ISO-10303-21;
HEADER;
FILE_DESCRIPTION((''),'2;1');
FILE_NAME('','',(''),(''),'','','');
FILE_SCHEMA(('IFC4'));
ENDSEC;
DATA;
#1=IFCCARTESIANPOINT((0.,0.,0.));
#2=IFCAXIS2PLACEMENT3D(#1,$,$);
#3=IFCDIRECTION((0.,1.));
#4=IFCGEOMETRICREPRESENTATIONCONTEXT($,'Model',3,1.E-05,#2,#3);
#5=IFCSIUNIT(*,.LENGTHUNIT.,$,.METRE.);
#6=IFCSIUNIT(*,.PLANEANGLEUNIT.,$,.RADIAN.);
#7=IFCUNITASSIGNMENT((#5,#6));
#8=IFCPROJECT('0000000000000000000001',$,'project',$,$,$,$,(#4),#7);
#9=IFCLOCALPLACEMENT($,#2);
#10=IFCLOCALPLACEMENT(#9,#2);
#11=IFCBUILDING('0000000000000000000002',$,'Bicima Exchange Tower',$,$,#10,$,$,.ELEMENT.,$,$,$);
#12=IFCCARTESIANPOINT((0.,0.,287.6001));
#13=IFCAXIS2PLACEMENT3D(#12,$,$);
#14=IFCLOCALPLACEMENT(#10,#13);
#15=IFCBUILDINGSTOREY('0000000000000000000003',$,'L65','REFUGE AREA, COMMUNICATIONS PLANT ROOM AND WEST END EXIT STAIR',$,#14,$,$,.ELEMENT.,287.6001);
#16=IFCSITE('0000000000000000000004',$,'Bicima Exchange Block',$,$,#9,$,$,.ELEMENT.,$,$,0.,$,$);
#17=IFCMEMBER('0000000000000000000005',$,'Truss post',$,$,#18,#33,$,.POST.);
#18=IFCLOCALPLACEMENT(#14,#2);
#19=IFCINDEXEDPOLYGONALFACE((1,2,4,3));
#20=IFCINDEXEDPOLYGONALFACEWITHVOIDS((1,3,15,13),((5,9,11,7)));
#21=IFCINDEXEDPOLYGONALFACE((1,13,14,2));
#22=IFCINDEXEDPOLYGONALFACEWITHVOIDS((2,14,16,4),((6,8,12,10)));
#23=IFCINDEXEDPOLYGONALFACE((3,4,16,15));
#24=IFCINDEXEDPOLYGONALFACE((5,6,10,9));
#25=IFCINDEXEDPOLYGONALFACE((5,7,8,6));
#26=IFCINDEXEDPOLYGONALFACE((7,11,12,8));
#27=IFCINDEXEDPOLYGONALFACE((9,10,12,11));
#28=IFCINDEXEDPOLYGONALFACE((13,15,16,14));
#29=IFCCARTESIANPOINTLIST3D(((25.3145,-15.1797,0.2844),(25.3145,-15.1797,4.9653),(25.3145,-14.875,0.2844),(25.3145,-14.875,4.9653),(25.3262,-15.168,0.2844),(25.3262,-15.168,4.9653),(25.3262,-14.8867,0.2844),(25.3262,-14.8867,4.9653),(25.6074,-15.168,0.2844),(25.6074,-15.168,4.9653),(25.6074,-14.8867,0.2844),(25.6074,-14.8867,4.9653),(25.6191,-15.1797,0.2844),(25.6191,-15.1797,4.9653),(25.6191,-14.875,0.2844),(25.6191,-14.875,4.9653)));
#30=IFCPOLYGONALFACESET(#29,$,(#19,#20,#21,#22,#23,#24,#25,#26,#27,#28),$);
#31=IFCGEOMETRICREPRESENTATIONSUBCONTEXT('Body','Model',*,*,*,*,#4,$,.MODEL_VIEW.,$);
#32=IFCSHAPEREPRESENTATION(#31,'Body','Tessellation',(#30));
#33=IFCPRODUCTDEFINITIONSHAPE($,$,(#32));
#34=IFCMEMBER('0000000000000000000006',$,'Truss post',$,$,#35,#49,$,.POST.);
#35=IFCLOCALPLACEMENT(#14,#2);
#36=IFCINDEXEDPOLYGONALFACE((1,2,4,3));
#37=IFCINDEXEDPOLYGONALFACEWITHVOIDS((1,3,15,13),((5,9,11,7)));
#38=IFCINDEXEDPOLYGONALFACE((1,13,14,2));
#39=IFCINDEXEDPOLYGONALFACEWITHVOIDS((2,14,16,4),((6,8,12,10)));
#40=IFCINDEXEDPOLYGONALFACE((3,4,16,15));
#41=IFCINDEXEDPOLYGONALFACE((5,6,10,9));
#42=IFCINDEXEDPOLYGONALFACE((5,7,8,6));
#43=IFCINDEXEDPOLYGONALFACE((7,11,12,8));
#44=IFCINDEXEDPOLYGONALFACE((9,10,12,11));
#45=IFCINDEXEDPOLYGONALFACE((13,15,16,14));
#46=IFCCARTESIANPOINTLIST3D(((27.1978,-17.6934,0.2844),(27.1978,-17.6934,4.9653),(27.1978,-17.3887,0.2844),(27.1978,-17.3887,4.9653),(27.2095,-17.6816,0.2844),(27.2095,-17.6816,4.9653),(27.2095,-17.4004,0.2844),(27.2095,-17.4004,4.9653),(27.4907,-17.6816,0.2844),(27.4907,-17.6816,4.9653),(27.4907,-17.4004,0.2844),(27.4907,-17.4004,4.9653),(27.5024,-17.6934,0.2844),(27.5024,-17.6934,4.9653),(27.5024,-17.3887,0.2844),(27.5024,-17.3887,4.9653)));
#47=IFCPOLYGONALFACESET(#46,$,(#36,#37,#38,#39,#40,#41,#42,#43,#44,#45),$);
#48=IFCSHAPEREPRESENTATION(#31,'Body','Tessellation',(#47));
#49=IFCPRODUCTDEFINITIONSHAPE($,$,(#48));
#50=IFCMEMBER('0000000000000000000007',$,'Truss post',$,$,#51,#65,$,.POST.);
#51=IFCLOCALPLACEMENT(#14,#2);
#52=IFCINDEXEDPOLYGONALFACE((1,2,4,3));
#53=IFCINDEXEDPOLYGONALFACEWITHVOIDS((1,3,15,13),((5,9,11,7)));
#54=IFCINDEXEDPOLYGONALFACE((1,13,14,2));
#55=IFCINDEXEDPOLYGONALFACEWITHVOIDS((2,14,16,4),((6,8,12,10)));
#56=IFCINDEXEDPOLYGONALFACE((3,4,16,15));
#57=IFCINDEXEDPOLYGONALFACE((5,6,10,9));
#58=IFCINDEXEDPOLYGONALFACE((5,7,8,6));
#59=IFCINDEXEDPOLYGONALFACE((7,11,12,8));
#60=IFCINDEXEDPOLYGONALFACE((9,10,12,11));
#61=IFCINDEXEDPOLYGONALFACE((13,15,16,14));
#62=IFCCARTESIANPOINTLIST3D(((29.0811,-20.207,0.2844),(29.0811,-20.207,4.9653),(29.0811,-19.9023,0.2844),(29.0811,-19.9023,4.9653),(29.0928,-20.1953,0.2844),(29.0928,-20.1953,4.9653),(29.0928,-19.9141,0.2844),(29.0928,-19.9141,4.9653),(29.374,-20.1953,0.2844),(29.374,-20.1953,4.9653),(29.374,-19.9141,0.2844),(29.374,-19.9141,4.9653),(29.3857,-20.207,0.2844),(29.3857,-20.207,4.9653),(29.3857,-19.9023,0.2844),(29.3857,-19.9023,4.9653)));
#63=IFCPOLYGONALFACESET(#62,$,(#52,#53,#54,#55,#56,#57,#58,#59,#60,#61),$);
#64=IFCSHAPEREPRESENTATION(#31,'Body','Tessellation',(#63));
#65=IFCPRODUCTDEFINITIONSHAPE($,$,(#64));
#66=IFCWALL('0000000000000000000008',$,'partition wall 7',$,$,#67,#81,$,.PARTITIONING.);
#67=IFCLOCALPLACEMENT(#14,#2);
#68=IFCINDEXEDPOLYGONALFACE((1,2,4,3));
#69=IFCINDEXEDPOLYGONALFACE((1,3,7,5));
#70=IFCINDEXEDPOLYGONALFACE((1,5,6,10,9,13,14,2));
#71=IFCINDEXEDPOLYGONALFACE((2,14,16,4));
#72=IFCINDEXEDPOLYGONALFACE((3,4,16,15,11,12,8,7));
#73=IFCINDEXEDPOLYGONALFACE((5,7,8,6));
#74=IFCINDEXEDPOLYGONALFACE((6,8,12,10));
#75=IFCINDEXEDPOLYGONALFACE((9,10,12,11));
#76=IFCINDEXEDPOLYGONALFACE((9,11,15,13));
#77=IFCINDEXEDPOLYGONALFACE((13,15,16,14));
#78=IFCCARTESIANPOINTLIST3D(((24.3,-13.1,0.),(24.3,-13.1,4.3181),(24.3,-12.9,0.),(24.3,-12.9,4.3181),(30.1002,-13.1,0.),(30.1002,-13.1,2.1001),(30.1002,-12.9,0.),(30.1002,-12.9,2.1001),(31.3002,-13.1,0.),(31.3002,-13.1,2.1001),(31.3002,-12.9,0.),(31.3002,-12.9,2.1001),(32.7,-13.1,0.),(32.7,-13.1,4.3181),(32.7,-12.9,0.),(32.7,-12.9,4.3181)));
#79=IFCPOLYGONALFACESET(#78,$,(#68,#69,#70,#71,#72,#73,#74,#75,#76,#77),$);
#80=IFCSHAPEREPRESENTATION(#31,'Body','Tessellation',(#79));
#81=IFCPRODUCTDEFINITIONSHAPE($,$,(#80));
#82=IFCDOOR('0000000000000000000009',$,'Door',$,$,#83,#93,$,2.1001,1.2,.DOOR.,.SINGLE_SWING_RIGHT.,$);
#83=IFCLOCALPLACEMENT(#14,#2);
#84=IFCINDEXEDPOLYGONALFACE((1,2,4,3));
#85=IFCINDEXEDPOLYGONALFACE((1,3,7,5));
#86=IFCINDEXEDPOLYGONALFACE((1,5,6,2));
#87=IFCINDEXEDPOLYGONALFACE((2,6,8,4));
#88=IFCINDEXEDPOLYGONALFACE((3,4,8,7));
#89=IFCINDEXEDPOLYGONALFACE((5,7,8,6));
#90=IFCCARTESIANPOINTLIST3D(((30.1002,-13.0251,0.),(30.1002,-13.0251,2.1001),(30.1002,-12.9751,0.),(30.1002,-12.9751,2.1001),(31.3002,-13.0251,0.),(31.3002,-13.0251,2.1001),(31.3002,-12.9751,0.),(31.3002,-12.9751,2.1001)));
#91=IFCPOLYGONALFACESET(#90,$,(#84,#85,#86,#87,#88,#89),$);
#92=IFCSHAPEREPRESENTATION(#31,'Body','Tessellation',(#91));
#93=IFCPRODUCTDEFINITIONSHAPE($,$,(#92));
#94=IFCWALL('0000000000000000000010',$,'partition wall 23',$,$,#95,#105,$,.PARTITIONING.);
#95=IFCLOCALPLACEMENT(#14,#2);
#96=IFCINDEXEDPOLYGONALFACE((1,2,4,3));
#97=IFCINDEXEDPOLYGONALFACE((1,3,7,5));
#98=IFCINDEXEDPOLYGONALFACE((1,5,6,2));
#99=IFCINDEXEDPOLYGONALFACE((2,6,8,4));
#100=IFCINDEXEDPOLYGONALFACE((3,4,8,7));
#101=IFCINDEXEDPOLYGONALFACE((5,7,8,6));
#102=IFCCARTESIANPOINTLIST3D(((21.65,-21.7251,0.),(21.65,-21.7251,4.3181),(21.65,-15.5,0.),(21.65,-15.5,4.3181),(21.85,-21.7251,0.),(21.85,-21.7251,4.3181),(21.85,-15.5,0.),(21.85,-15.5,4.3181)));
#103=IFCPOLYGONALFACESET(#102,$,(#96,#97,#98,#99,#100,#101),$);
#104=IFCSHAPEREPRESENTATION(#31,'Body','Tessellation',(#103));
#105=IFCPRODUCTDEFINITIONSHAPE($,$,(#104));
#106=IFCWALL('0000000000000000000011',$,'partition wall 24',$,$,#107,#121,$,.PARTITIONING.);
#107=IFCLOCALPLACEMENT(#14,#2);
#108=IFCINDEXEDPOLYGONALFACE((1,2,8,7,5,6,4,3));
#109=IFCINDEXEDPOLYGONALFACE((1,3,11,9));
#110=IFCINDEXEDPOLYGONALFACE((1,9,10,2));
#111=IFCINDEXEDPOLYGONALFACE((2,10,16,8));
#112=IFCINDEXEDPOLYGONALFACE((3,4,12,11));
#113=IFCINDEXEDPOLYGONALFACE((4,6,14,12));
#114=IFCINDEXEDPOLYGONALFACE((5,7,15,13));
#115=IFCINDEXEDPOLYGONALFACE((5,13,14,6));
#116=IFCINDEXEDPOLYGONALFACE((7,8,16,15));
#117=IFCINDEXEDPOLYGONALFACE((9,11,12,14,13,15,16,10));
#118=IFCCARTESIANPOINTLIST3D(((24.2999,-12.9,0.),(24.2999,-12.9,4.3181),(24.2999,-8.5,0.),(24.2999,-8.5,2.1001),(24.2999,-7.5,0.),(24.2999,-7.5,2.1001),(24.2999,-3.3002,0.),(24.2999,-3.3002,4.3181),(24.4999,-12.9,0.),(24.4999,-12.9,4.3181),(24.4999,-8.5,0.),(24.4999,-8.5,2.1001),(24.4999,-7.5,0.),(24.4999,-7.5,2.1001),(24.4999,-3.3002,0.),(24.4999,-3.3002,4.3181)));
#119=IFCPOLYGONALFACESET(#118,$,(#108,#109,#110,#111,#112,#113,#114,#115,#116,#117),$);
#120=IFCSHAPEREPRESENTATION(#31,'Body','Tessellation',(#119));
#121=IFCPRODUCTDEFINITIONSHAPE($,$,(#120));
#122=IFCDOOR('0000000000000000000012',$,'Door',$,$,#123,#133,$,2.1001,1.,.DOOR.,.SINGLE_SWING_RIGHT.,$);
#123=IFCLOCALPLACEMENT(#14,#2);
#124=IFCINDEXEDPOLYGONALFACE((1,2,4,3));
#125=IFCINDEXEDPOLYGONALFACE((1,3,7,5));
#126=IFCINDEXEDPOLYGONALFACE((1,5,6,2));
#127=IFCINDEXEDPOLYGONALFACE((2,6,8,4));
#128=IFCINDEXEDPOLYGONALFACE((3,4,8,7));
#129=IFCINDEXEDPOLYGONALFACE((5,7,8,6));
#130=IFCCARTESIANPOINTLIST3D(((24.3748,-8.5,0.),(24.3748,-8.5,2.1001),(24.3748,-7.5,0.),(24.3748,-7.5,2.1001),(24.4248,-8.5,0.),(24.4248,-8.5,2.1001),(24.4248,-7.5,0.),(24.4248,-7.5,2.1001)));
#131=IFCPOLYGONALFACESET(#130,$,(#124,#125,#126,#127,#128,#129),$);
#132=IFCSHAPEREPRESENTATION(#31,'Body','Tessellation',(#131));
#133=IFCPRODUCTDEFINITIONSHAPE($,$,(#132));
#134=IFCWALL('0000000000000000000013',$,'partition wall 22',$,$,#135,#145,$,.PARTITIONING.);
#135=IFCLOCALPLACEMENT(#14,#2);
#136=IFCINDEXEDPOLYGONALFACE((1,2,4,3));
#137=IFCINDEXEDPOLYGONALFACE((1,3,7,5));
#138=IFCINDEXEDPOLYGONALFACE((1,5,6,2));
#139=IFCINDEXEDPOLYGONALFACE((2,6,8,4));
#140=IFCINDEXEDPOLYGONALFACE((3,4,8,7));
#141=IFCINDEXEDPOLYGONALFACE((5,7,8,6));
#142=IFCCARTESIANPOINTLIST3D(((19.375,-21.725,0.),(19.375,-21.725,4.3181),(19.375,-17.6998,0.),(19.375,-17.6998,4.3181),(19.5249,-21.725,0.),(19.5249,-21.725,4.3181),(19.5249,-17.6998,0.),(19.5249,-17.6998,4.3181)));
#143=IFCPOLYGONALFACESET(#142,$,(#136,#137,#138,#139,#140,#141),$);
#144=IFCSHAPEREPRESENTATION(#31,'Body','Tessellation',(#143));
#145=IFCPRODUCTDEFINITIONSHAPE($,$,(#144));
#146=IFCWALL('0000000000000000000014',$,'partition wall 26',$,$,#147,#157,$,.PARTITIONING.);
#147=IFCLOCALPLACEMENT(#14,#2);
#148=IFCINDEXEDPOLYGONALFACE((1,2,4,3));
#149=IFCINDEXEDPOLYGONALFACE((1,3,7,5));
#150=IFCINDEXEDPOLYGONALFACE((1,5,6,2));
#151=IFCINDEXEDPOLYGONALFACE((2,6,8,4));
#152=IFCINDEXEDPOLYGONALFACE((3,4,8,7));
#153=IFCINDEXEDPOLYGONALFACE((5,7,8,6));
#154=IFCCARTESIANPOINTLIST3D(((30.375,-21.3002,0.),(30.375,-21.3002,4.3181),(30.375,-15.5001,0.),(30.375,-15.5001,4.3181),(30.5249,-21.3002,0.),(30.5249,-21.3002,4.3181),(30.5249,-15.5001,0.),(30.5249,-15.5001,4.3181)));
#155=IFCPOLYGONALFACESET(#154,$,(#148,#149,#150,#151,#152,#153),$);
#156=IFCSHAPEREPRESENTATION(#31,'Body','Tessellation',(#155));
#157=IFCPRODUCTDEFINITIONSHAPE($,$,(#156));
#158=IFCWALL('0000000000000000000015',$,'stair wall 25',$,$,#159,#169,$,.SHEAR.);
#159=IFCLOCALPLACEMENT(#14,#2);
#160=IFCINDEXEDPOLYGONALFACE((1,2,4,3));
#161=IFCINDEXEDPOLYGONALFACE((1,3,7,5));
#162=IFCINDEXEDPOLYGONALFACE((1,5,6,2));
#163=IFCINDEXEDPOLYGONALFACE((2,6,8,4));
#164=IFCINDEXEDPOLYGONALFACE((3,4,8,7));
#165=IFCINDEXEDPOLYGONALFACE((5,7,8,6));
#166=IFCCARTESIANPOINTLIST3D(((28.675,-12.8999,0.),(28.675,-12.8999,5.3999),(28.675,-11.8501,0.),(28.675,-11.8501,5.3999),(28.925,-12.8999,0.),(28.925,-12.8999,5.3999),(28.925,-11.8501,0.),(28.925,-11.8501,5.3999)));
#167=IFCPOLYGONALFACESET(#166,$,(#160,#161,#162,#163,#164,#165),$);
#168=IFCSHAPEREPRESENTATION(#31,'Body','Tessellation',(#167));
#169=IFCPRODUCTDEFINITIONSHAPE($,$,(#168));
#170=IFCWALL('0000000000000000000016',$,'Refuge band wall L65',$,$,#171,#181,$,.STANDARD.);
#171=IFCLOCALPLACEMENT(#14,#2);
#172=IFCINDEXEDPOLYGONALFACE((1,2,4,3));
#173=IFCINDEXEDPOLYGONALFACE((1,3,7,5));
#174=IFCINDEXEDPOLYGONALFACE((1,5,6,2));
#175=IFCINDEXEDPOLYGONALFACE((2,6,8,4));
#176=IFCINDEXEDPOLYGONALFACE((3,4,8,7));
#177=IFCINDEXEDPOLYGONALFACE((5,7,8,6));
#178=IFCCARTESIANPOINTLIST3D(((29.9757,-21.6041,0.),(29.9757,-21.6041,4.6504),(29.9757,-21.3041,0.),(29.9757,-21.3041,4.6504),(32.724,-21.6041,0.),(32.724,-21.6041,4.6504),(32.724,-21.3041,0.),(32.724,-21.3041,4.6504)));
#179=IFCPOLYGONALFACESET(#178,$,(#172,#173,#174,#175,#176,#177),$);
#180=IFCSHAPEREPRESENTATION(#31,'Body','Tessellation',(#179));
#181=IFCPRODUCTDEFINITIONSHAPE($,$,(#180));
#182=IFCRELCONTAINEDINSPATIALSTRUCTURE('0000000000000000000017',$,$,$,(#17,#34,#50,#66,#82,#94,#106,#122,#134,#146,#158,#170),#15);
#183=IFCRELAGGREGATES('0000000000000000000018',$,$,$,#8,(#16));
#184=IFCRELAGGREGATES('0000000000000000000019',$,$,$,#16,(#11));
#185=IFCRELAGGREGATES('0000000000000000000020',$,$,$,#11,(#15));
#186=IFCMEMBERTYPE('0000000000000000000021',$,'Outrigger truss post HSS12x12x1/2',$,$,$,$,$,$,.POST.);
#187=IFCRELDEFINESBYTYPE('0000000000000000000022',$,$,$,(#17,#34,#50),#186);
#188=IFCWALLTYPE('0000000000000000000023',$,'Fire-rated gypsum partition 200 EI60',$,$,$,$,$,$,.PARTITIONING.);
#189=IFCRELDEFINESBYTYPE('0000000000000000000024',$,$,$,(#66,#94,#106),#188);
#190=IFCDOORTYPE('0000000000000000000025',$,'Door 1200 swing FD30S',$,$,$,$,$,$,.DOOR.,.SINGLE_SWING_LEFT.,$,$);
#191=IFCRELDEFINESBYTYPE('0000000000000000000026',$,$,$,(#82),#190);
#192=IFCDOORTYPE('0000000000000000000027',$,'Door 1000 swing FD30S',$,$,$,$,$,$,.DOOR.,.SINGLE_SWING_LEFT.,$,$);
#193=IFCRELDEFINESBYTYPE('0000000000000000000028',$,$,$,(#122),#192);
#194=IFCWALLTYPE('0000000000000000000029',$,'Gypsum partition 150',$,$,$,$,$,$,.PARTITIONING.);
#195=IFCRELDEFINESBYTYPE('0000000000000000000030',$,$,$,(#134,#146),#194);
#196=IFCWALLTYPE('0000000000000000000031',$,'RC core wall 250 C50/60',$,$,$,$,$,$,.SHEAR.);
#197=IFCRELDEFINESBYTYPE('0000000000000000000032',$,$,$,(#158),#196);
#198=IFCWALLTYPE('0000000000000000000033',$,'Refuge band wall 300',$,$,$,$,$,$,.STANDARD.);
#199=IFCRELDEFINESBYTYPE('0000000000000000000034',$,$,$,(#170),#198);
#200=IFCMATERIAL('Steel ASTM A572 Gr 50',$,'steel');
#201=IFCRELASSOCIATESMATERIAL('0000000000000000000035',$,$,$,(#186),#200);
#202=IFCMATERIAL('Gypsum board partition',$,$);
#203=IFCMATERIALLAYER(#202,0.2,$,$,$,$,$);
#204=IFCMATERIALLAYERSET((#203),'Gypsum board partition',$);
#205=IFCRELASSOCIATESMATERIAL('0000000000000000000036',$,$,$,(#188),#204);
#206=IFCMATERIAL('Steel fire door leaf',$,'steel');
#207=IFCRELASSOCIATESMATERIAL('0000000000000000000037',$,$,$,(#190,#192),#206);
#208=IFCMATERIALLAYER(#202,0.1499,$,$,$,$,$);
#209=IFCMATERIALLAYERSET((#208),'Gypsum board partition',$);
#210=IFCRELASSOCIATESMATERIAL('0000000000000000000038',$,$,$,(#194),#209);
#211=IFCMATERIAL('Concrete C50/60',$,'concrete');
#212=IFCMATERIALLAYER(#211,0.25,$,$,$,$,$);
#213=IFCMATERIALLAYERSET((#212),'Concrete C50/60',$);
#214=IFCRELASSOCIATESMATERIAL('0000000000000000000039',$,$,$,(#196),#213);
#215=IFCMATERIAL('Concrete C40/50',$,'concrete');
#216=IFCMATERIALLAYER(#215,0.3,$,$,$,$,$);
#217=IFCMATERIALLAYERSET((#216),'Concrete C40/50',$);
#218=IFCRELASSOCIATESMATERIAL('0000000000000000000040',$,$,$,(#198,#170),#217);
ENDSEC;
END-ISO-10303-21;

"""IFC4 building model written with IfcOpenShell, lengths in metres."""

from ifc_helpers import new_model, si_unit, direction, frame, frame_2d, origin, origin_2d, place, context, subcontext, project, spatial, rectangle, hollow_rectangle, extrude, material, layer, layer_set, layer_usage, material_profile, profile_set, type_object, element, fill, save


model = new_model("IFC4")

# Units and contexts
model_context = context("Model", 3, precision=1e-05, world=origin(), true_north=direction((0.0, 1.0)))
body_context = subcontext(model_context, "Body", "Model", "MODEL_VIEW")
ifc_project = project(units=[si_unit("LENGTHUNIT", "METRE"), si_unit("PLANEANGLEUNIT", "RADIAN")], contexts=[model_context])

# Site, building, storey
site_placement = place(None, origin())
site = spatial("IfcSite", under=ifc_project, at=site_placement, Name="Bicima Exchange Block", CompositionType="ELEMENT", RefElevation=0.0)
building_placement = place(site_placement, origin())
building = spatial("IfcBuilding", under=site, at=building_placement, Name="Bicima Exchange Tower", CompositionType="ELEMENT")
storey_placement = place(building_placement, frame((0.0, 0.0, 287.6001)))
storey = spatial("IfcBuildingStorey", under=building, at=storey_placement, Name="L65", Description="REFUGE AREA, COMMUNICATIONS PLANT ROOM AND WEST END EXIT STAIR", CompositionType="ELEMENT", Elevation=287.6001)

# Members
ifc_material_1 = material(Name="Steel ASTM A572 Gr 50", Category="steel")
ifc_material_profile_1 = material_profile(ifc_material_1, hollow_rectangle(XDim=0.3047, YDim=0.3047, WallThickness=0.0117, at=origin_2d()))
ifc_profile_set_1 = profile_set([ifc_material_profile_1], Name="Steel ASTM A572 Gr 50")
member_type_1 = type_object("IfcMemberType", Name="Outrigger truss post HSS12x12x1/2", PredefinedType="POST", material=ifc_profile_set_1)
for number, where, z_axis, x_axis, name in (
    (1, (25.4668, -15.0273, 0.2844), (0.0, 0.0, 1.0), (1.0, 0.0, 0.0), "Truss post"),
    (2, (27.3501, -17.541, 0.2844), (0.0, 0.0, 1.0), (1.0, 0.0, 0.0), "Truss post"),
    (3, (29.2334, -20.0547, 0.2844), (0.0, 0.0, 1.0), (1.0, 0.0, 0.0), "Truss post"),
):
    element("IfcMember", number, at=place(storey_placement, frame(where, z_axis=z_axis, x_axis=x_axis)), inside=storey, type_object=member_type_1, Name=name, PredefinedType="POST", context=body_context, shape_type="SweptSolid", body=[
        extrude(hollow_rectangle(XDim=0.3047, YDim=0.3047, WallThickness=0.0117, at=origin_2d()), origin(), (0.0, 0.0, 1.0), 4.6809),
    ])

# Wall, opening, door
ifc_material_2 = material(Name="Gypsum board partition")
ifc_layer_1 = layer(ifc_material_2, 0.2)
ifc_layer_set_1 = layer_set([ifc_layer_1], Name="Gypsum board partition")
wall_type_1 = type_object("IfcWallType", Name="Fire-rated gypsum partition 200 EI60", PredefinedType="PARTITIONING", material=ifc_layer_set_1)
wall_1_placement = place(storey_placement, frame((24.3, -13.0, 0.0), z_axis=(0.0, 0.0, 1.0), x_axis=(1.0, 0.0, 0.0)))
wall_1 = element("IfcWall", 4, at=wall_1_placement, inside=storey, type_object=wall_type_1, Name="partition wall 7", PredefinedType="PARTITIONING", context=body_context, shape_type="SweptSolid", body=[
    extrude(rectangle(XDim=8.3999, YDim=0.2, at=frame_2d((4.2, 0.0))), origin(), (0.0, 0.0, 1.0), 4.3181),
])
opening_1_placement = place(wall_1_placement, frame((5.8, 0.0, 0.0)))
opening_1 = element("IfcOpeningElement", 5, at=opening_1_placement, cuts=wall_1, PredefinedType="OPENING", context=body_context, shape_type="SweptSolid", body=[
    extrude(rectangle(XDim=1.2, YDim=2.1001, at=frame_2d((0.6001, 1.05))), frame((0.0, 0.1118, 0.0), z_axis=(0.0, -1.0, 0.0), x_axis=(1.0, 0.0, 0.0)), (0.0, 0.0, 1.0), 0.2239),
])
ifc_material_3 = material(Name="Steel fire door leaf", Category="steel")
door_type_1 = type_object("IfcDoorType", Name="Door 1200 swing FD30S", OperationType="SINGLE_SWING_LEFT", PredefinedType="DOOR", material=ifc_material_3)
door_1_placement = place(opening_1_placement, origin())
door_1 = element("IfcDoor", 6, at=door_1_placement, inside=storey, type_object=door_type_1, Name="Door", OperationType="SINGLE_SWING_RIGHT", OverallHeight=2.1001, OverallWidth=1.2, PredefinedType="DOOR", context=body_context, shape_type="SweptSolid", body=[
    extrude(rectangle(XDim=1.2, YDim=2.1001, at=frame_2d((0.6001, 1.05))), frame((0.0, 0.0249, 0.0), z_axis=(0.0, -1.0, 0.0), x_axis=(1.0, 0.0, 0.0)), (0.0, 0.0, 1.0), 0.05),
])
fill(opening_1, door_1)

# Wall
wall_2_placement = place(storey_placement, frame((21.75, -21.7251, 0.0), z_axis=(0.0, 0.0, 1.0), x_axis=(0.0, 1.0, 0.0)))
element("IfcWall", 7, at=wall_2_placement, inside=storey, type_object=wall_type_1, Name="partition wall 23", PredefinedType="PARTITIONING", context=body_context, shape_type="SweptSolid", body=[
    extrude(rectangle(XDim=6.2251, YDim=0.2, at=frame_2d((3.1125, 0.0))), origin(), (0.0, 0.0, 1.0), 4.3181),
])

# Wall, opening, door
wall_3_placement = place(storey_placement, frame((24.3999, -12.8999, 0.0), z_axis=(0.0, 0.0, 1.0), x_axis=(0.0, 1.0, 0.0)))
wall_3 = element("IfcWall", 8, at=wall_3_placement, inside=storey, type_object=wall_type_1, Name="partition wall 24", PredefinedType="PARTITIONING", context=body_context, shape_type="SweptSolid", body=[
    extrude(rectangle(XDim=9.5999, YDim=0.2, at=frame_2d((4.7998, 0.0))), origin(), (0.0, 0.0, 1.0), 4.3181),
])
opening_2_placement = place(wall_3_placement, frame((4.3999, 0.0, 0.0)))
opening_2 = element("IfcOpeningElement", 9, at=opening_2_placement, cuts=wall_3, PredefinedType="OPENING", context=body_context, shape_type="SweptSolid", body=[
    extrude(rectangle(XDim=1.0, YDim=2.1001, at=frame_2d((0.5, 1.05))), frame((0.0, 0.1118, 0.0), z_axis=(0.0, -1.0, 0.0), x_axis=(1.0, 0.0, 0.0)), (0.0, 0.0, 1.0), 0.2239),
])
door_type_2 = type_object("IfcDoorType", Name="Door 1000 swing FD30S", OperationType="SINGLE_SWING_LEFT", PredefinedType="DOOR", material=ifc_material_3)
door_2_placement = place(opening_2_placement, frame((1.0, 0.0, 0.0), z_axis=(0.0, 0.0, 1.0), x_axis=(-1.0, 0.0, 0.0)))
door_2 = element("IfcDoor", 10, at=door_2_placement, inside=storey, type_object=door_type_2, Name="Door", OperationType="SINGLE_SWING_RIGHT", OverallHeight=2.1001, OverallWidth=1.0, PredefinedType="DOOR", context=body_context, shape_type="SweptSolid", body=[
    extrude(rectangle(XDim=1.0, YDim=2.1001, at=frame_2d((0.5, 1.05))), frame((0.0, 0.0249, 0.0), z_axis=(0.0, -1.0, 0.0), x_axis=(1.0, 0.0, 0.0)), (0.0, 0.0, 1.0), 0.05),
])
fill(opening_2, door_2)

# Walls
ifc_layer_2 = layer(ifc_material_2, 0.1499)
ifc_layer_set_2 = layer_set([ifc_layer_2], Name="Gypsum board partition")
wall_type_2 = type_object("IfcWallType", Name="Gypsum partition 150", PredefinedType="PARTITIONING", material=ifc_layer_set_2)
wall_4_placement = place(storey_placement, frame((19.45, -21.7251, 0.0), z_axis=(0.0, 0.0, 1.0), x_axis=(0.0, 1.0, 0.0)))
element("IfcWall", 11, at=wall_4_placement, inside=storey, type_object=wall_type_2, Name="partition wall 22", PredefinedType="PARTITIONING", context=body_context, shape_type="SweptSolid", body=[
    extrude(rectangle(XDim=4.0251, YDim=0.1499, at=frame_2d((2.0127, 0.0))), origin(), (0.0, 0.0, 1.0), 4.3181),
])
wall_5_placement = place(storey_placement, frame((30.45, -21.3, 0.0), z_axis=(0.0, 0.0, 1.0), x_axis=(0.0, 1.0, 0.0)))
element("IfcWall", 12, at=wall_5_placement, inside=storey, type_object=wall_type_2, Name="partition wall 26", PredefinedType="PARTITIONING", context=body_context, shape_type="SweptSolid", body=[
    extrude(rectangle(XDim=5.8, YDim=0.1499, at=frame_2d((2.8999, 0.0))), origin(), (0.0, 0.0, 1.0), 4.3181),
])
ifc_material_4 = material(Name="Concrete C50/60", Category="concrete")
ifc_layer_3 = layer(ifc_material_4, 0.25)
ifc_layer_set_3 = layer_set([ifc_layer_3], Name="Concrete C50/60")
wall_type_3 = type_object("IfcWallType", Name="RC core wall 250 C50/60", PredefinedType="SHEAR", material=ifc_layer_set_3)
wall_6_placement = place(storey_placement, frame((28.8, -12.8999, 0.0), z_axis=(0.0, 0.0, 1.0), x_axis=(0.0, 1.0, 0.0)))
element("IfcWall", 13, at=wall_6_placement, inside=storey, type_object=wall_type_3, Name="stair wall 25", PredefinedType="SHEAR", context=body_context, shape_type="SweptSolid", body=[
    extrude(rectangle(XDim=1.0498, YDim=0.25, at=frame_2d((0.5249, 0.0))), origin(), (0.0, 0.0, 1.0), 5.3999),
])
ifc_material_5 = material(Name="Concrete C40/50", Category="concrete")
ifc_layer_4 = layer(ifc_material_5, 0.3)
ifc_layer_set_4 = layer_set([ifc_layer_4], Name="Concrete C40/50")
ifc_layer_usage = layer_usage(ifc_layer_set_4, "AXIS2", "POSITIVE", -0.15)
wall_type_4 = type_object("IfcWallType", Name="Refuge band wall 300", PredefinedType="STANDARD", material=ifc_layer_set_4)
wall_7_placement = place(storey_placement, frame((29.9758, -21.4541, 0.0), z_axis=(0.0, 0.0, 1.0), x_axis=(1.0, 0.0, 0.0)))
element("IfcWall", 14, at=wall_7_placement, inside=storey, type_object=wall_type_4, material=ifc_layer_usage, Name="Refuge band wall L65", PredefinedType="STANDARD", context=body_context, shape_type="SweptSolid", body=[
    extrude(rectangle(XDim=2.7483, YDim=0.3, at=frame_2d((1.374, 0.0))), origin(), (0.0, 0.0, 1.0), 4.6504),
])

save(model, "model.ifc")
